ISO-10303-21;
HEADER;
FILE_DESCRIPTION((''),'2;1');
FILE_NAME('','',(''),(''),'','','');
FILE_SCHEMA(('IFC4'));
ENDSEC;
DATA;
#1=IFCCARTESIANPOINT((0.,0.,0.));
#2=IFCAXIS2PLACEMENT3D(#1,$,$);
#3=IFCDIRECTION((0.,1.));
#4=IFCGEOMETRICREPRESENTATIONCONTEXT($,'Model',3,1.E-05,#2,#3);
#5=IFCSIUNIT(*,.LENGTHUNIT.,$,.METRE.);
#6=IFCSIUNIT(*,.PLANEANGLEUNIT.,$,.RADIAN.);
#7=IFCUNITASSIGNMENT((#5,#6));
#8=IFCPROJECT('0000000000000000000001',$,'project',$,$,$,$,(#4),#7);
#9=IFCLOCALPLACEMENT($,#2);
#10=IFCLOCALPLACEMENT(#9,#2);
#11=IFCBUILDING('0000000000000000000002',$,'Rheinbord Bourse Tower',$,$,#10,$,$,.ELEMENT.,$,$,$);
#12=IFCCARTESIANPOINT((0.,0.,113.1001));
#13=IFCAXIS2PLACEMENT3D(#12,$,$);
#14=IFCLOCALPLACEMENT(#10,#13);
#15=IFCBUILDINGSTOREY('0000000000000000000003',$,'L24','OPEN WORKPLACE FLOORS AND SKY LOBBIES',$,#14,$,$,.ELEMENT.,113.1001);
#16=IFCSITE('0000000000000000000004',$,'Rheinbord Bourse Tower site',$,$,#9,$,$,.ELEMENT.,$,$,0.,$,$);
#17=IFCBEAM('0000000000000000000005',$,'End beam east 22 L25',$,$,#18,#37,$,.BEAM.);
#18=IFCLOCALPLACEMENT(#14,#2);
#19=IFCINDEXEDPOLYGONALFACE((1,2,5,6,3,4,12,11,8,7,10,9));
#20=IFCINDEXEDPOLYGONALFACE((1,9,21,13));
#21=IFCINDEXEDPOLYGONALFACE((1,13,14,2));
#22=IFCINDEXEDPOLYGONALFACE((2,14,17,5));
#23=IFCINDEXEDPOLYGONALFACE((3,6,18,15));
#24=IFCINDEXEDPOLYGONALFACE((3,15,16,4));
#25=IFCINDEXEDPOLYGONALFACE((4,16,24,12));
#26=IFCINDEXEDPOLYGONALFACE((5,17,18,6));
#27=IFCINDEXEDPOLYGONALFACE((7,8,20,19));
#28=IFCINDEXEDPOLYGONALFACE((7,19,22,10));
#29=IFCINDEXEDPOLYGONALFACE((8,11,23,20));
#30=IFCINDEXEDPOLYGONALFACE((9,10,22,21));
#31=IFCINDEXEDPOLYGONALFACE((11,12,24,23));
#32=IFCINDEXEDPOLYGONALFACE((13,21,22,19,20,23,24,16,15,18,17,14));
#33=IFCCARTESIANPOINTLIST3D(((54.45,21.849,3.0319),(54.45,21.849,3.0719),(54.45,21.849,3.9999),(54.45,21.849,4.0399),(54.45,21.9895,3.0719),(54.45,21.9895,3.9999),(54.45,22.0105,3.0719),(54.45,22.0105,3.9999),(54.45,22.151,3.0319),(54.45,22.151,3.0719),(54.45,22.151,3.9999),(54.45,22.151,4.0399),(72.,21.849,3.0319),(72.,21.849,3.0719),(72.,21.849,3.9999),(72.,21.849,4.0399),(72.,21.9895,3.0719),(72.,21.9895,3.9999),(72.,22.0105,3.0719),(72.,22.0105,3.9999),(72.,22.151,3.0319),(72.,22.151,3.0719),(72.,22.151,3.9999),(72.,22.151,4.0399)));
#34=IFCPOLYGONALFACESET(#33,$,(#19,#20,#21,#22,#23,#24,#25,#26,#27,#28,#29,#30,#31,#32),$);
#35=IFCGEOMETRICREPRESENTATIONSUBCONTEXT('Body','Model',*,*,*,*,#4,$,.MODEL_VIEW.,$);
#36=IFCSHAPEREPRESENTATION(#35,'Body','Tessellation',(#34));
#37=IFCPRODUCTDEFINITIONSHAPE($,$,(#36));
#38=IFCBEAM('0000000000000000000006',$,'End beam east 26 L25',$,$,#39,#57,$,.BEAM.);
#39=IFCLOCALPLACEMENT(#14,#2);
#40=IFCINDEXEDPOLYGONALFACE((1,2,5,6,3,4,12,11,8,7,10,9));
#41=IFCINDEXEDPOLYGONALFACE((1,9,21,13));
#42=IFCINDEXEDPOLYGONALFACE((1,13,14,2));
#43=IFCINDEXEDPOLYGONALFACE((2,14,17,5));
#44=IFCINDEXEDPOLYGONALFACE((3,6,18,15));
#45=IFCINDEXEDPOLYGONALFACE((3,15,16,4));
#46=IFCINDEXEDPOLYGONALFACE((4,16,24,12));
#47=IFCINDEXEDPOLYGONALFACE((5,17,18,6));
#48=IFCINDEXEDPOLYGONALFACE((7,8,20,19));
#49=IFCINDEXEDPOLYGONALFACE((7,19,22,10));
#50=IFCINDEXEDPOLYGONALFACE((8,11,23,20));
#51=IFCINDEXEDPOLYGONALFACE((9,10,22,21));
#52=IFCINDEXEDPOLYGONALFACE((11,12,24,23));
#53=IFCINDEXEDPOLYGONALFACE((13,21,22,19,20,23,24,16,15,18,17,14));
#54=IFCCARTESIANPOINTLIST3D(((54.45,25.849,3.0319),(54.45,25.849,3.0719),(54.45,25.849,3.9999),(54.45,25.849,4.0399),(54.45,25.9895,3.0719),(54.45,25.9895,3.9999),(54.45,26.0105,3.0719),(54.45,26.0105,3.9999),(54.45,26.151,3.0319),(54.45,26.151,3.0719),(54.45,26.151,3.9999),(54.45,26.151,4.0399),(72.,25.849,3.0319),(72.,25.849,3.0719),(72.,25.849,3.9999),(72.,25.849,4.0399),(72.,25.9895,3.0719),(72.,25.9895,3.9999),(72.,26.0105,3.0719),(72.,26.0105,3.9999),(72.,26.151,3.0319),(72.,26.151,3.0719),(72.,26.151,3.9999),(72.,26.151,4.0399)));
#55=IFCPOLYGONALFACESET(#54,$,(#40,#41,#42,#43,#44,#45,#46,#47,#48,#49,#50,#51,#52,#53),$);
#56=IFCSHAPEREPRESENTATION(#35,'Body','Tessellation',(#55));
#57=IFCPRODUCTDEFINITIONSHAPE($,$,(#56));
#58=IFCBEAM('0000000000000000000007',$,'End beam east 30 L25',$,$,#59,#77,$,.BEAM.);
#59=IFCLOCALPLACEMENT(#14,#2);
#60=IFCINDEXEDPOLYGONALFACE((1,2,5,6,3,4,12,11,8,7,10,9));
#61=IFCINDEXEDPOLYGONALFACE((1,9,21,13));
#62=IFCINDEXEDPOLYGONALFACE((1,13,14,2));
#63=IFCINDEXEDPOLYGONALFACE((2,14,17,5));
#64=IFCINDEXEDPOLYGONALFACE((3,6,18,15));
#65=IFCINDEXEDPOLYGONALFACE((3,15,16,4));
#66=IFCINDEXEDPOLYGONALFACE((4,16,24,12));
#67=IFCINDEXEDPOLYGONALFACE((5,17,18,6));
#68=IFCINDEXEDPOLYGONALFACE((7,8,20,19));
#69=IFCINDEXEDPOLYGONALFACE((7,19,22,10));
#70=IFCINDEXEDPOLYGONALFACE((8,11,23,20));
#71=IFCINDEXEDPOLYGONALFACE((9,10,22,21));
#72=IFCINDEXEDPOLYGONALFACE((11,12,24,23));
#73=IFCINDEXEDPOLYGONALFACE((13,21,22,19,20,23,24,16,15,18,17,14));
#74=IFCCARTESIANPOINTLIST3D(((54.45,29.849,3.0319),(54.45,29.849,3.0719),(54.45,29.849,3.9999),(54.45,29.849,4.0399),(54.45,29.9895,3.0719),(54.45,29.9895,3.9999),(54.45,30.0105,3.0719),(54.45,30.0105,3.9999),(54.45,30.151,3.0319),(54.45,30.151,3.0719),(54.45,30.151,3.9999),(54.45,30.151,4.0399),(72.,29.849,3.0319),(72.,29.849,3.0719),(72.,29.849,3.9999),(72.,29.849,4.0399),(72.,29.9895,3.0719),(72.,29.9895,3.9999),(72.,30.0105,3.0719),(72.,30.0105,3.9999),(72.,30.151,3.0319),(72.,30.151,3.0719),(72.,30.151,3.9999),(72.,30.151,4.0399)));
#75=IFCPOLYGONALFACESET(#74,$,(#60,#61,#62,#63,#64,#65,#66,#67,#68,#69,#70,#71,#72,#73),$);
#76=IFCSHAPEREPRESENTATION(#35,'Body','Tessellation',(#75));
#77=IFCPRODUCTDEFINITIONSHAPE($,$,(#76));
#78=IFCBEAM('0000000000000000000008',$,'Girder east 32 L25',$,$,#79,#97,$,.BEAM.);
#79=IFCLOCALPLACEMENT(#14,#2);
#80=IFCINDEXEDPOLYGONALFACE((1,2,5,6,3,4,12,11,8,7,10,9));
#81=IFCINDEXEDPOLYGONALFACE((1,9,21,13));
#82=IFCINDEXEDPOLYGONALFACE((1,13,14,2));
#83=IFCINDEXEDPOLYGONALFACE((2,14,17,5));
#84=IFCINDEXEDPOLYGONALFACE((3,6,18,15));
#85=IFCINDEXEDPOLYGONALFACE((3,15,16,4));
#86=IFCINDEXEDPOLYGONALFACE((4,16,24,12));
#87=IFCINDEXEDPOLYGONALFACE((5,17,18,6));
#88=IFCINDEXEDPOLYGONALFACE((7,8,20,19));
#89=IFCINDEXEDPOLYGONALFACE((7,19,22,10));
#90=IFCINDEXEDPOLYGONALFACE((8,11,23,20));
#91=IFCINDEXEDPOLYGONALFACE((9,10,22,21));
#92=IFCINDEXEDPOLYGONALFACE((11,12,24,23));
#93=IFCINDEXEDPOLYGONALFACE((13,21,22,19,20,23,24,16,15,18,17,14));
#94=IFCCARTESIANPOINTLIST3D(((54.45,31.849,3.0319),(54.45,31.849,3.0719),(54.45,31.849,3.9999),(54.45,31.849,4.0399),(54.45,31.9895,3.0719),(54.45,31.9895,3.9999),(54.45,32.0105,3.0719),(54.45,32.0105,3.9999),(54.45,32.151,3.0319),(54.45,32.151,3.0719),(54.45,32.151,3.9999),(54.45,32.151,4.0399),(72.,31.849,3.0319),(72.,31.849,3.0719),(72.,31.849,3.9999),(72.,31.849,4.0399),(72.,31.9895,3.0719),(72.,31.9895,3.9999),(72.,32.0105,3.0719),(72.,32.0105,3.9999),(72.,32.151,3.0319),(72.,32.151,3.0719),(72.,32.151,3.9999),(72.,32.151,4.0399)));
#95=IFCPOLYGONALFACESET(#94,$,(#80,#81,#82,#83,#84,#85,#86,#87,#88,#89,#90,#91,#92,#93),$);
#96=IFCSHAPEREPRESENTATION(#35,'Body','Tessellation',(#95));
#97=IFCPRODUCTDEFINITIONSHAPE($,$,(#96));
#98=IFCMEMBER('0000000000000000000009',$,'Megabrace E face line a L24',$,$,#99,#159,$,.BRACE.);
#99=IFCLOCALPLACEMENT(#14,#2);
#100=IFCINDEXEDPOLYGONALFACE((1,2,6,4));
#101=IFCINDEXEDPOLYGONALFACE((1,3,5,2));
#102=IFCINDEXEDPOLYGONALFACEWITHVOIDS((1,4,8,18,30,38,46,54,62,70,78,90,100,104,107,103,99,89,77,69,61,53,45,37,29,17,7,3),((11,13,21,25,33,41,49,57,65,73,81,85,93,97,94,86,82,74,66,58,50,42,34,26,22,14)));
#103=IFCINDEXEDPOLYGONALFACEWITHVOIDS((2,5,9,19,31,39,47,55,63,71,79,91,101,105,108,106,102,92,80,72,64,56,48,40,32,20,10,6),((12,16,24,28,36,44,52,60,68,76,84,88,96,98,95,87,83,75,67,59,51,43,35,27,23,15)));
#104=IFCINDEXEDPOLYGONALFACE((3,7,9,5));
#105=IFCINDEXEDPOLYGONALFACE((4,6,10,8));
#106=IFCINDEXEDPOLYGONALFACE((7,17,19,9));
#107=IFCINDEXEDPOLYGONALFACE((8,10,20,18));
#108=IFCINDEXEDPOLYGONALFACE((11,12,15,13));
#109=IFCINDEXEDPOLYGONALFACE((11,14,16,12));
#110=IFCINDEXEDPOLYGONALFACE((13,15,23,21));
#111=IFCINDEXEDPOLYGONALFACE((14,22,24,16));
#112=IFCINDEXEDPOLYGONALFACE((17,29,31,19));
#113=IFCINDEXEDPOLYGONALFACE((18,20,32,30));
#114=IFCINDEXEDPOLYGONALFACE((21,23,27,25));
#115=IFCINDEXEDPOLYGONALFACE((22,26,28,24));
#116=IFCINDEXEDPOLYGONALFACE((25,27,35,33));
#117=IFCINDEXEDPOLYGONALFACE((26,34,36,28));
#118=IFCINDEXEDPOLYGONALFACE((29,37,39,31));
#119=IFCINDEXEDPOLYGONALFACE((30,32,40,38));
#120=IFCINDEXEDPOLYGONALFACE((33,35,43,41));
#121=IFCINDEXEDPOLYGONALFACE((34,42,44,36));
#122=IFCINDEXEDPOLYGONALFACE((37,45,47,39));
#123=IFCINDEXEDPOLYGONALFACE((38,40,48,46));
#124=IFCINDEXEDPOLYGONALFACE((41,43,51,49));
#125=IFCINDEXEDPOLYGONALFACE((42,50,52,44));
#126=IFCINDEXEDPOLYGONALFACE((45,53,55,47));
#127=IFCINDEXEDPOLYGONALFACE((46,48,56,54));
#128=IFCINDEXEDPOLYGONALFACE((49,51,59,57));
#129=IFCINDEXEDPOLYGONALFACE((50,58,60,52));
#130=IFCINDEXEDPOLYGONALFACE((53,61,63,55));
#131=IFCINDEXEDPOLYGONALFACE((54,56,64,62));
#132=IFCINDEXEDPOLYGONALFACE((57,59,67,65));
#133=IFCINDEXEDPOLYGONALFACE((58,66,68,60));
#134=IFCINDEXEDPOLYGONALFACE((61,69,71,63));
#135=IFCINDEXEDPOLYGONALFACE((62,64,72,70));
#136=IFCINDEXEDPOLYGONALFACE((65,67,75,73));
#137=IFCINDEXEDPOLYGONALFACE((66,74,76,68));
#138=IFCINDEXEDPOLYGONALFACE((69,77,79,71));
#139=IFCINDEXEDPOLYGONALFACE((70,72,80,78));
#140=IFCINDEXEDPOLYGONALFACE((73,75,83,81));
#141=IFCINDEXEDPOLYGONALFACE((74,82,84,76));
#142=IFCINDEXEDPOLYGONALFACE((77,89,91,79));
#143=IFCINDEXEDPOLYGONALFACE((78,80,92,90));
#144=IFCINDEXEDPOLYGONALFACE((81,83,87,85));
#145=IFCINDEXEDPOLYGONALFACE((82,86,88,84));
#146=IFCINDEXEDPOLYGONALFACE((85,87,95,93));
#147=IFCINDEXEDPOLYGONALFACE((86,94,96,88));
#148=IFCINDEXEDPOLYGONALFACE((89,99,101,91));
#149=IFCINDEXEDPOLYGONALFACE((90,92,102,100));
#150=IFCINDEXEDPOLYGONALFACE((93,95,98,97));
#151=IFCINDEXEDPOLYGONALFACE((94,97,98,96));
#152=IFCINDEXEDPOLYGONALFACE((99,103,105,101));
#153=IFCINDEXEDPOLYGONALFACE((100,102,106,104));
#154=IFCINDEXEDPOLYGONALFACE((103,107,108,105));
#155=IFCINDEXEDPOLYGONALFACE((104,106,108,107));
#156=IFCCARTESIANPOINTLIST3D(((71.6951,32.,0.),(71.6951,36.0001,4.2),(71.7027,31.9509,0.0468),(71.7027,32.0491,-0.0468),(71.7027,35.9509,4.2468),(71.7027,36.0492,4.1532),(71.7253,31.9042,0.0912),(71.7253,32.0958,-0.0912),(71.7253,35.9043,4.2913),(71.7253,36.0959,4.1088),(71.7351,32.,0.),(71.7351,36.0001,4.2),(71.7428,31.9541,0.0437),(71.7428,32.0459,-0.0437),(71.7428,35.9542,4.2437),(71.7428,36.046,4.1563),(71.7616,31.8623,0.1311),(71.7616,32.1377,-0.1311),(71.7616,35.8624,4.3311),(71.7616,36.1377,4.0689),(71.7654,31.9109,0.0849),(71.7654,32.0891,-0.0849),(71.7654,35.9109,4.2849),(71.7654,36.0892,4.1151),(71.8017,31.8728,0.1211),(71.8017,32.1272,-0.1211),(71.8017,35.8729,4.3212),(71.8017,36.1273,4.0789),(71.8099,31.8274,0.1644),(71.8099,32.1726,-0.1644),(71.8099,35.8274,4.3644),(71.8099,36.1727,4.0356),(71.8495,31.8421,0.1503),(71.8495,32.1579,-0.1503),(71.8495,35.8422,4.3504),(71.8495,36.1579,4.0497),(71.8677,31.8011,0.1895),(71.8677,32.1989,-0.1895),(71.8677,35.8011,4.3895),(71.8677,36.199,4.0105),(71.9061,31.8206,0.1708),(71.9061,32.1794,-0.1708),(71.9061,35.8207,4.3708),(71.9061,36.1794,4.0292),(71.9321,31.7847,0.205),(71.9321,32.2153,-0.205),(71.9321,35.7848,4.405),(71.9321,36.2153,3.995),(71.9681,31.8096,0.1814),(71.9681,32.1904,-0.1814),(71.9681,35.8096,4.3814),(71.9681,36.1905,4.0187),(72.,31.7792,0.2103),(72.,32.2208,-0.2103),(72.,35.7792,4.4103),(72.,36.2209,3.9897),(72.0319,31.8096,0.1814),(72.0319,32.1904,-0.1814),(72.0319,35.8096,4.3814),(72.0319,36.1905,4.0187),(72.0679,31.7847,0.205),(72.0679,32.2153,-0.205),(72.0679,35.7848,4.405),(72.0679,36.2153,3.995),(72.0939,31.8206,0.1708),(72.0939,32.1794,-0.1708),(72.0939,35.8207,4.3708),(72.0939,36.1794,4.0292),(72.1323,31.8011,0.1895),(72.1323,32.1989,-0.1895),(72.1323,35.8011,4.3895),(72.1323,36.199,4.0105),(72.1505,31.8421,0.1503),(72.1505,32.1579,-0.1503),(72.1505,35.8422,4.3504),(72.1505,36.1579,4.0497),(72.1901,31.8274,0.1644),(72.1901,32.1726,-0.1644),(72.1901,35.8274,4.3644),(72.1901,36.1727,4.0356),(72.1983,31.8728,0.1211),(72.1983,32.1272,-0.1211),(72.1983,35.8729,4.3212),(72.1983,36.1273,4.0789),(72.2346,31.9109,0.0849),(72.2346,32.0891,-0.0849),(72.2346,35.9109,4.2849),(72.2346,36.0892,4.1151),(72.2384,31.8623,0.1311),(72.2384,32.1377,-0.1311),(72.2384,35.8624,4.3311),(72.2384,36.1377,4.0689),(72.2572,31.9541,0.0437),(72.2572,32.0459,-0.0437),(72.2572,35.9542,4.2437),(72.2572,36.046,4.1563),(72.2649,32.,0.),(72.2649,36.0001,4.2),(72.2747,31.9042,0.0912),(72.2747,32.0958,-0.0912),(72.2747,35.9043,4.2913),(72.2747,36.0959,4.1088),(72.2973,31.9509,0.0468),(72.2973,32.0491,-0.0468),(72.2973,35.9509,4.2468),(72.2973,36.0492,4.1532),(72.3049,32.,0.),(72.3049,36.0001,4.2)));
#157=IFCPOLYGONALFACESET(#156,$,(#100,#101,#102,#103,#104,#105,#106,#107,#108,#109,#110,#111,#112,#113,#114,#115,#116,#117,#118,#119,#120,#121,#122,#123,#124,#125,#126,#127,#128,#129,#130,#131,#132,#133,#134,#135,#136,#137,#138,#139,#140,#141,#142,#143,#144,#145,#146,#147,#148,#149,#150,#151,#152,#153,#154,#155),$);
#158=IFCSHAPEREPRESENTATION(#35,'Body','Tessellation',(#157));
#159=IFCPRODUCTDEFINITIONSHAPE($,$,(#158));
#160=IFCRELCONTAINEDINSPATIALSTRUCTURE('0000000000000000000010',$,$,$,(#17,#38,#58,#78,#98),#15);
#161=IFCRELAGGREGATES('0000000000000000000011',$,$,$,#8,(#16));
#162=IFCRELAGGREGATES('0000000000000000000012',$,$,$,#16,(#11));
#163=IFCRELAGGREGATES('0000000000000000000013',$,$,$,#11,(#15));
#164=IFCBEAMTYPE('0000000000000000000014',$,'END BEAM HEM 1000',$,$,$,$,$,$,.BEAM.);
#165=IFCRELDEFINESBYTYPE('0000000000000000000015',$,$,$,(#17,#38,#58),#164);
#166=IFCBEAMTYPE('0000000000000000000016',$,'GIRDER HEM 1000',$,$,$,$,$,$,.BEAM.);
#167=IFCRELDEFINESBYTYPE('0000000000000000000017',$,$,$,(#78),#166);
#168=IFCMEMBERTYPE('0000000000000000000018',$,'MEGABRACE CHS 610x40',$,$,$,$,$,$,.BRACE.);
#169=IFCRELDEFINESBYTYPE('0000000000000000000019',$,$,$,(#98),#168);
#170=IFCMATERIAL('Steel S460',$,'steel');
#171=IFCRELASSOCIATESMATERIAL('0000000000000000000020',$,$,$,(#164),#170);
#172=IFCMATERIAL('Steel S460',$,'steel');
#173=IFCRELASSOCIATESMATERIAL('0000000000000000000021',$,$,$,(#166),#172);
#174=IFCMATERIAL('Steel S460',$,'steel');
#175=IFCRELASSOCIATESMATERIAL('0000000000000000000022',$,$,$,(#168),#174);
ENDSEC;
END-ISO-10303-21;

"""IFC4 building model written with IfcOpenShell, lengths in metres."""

from ifc_helpers import new_model, si_unit, direction, frame, origin, origin_2d, place, context, subcontext, project, spatial, hollow_circle, i_section, extrude, material, material_profile, profile_set, type_object, element, save


model = new_model("IFC4")

# Units and contexts
model_context = context("Model", 3, precision=1e-05, world=origin(), true_north=direction((0.0, 1.0)))
body_context = subcontext(model_context, "Body", "Model", "MODEL_VIEW")
ifc_project = project(units=[si_unit("LENGTHUNIT", "METRE"), si_unit("PLANEANGLEUNIT", "RADIAN")], contexts=[model_context])

# Site, building, storey
site_placement = place(None, origin())
site = spatial("IfcSite", under=ifc_project, at=site_placement, Name="Rheinbord Bourse Tower site", CompositionType="ELEMENT", RefElevation=0.0)
building_placement = place(site_placement, origin())
building = spatial("IfcBuilding", under=site, at=building_placement, Name="Rheinbord Bourse Tower", CompositionType="ELEMENT")
storey_placement = place(building_placement, frame((0.0, 0.0, 113.1001)))
storey = spatial("IfcBuildingStorey", under=building, at=storey_placement, Name="L24", Description="OPEN WORKPLACE FLOORS AND SKY LOBBIES", CompositionType="ELEMENT", Elevation=113.1001)

# Beams
ifc_material_1 = material(Name="Steel S460", Category="steel")
ifc_material_profile_1 = material_profile(ifc_material_1, i_section(OverallWidth=0.302, OverallDepth=1.0081, WebThickness=0.021, FlangeThickness=0.04, at=origin_2d()), Name="HEM 1000")
ifc_profile_set_1 = profile_set([ifc_material_profile_1], Name="Steel S460")
beam_type_1 = type_object("IfcBeamType", Name="END BEAM HEM 1000", PredefinedType="BEAM", material=ifc_profile_set_1)
for number, where, z_axis, x_axis, name in (
    (1, (54.45, 22.0, 3.5359), (1.0, 0.0, 0.0), (0.0, 1.0, 0.0), "End beam east 22 L25"),
    (2, (54.45, 26.0, 3.5359), (1.0, 0.0, 0.0), (0.0, 1.0, 0.0), "End beam east 26 L25"),
    (3, (54.45, 30.0, 3.5359), (1.0, 0.0, 0.0), (0.0, 1.0, 0.0), "End beam east 30 L25"),
):
    element("IfcBeam", number, at=place(storey_placement, frame(where, z_axis=z_axis, x_axis=x_axis)), inside=storey, type_object=beam_type_1, Name=name, PredefinedType="BEAM", context=body_context, shape_type="SweptSolid", body=[
        extrude(i_section(OverallWidth=0.302, OverallDepth=1.0081, WebThickness=0.021, FlangeThickness=0.04, at=origin_2d()), origin(), (0.0, 0.0, 1.0), 17.55),
    ])
ifc_material_2 = material(Name="Steel S460", Category="steel")
ifc_material_profile_2 = material_profile(ifc_material_2, i_section(OverallWidth=0.302, OverallDepth=1.0081, WebThickness=0.021, FlangeThickness=0.04, at=origin_2d()), Name="HEM 1000")
ifc_profile_set_2 = profile_set([ifc_material_profile_2], Name="Steel S460")
beam_type_2 = type_object("IfcBeamType", Name="GIRDER HEM 1000", PredefinedType="BEAM", material=ifc_profile_set_2)
beam_1_placement = place(storey_placement, frame((54.45, 32.0, 3.5359), z_axis=(1.0, 0.0, 0.0), x_axis=(0.0, 1.0, 0.0)))
element("IfcBeam", 4, at=beam_1_placement, inside=storey, type_object=beam_type_2, Name="Girder east 32 L25", PredefinedType="BEAM", context=body_context, shape_type="SweptSolid", body=[
    extrude(i_section(OverallWidth=0.302, OverallDepth=1.0081, WebThickness=0.021, FlangeThickness=0.04, at=origin_2d()), origin(), (0.0, 0.0, 1.0), 17.55),
])

# Member
ifc_material_3 = material(Name="Steel S460", Category="steel")
ifc_material_profile_3 = material_profile(ifc_material_3, hollow_circle(Radius=0.3049, WallThickness=0.04, at=origin_2d()), Name="CHS 610x40")
ifc_profile_set_3 = profile_set([ifc_material_profile_3], Name="Steel S460")
member_type_1 = type_object("IfcMemberType", Name="MEGABRACE CHS 610x40", PredefinedType="BRACE", material=ifc_profile_set_3)
for number, where, z_axis, x_axis, name in (
    (5, (72.0, 32.0, 0.0), (0.0, 0.689659, 0.724134), (-1.0, 0.0, 0.0), "Megabrace E face line a L24"),
):
    element("IfcMember", number, at=place(storey_placement, frame(where, z_axis=z_axis, x_axis=x_axis)), inside=storey, type_object=member_type_1, Name=name, PredefinedType="BRACE", context=body_context, shape_type="SweptSolid", body=[
        extrude(hollow_circle(Radius=0.3049, WallThickness=0.04, at=origin_2d()), origin(), (0.0, 0.0, 1.0), 5.8),
    ])

save(model, "model.ifc")
